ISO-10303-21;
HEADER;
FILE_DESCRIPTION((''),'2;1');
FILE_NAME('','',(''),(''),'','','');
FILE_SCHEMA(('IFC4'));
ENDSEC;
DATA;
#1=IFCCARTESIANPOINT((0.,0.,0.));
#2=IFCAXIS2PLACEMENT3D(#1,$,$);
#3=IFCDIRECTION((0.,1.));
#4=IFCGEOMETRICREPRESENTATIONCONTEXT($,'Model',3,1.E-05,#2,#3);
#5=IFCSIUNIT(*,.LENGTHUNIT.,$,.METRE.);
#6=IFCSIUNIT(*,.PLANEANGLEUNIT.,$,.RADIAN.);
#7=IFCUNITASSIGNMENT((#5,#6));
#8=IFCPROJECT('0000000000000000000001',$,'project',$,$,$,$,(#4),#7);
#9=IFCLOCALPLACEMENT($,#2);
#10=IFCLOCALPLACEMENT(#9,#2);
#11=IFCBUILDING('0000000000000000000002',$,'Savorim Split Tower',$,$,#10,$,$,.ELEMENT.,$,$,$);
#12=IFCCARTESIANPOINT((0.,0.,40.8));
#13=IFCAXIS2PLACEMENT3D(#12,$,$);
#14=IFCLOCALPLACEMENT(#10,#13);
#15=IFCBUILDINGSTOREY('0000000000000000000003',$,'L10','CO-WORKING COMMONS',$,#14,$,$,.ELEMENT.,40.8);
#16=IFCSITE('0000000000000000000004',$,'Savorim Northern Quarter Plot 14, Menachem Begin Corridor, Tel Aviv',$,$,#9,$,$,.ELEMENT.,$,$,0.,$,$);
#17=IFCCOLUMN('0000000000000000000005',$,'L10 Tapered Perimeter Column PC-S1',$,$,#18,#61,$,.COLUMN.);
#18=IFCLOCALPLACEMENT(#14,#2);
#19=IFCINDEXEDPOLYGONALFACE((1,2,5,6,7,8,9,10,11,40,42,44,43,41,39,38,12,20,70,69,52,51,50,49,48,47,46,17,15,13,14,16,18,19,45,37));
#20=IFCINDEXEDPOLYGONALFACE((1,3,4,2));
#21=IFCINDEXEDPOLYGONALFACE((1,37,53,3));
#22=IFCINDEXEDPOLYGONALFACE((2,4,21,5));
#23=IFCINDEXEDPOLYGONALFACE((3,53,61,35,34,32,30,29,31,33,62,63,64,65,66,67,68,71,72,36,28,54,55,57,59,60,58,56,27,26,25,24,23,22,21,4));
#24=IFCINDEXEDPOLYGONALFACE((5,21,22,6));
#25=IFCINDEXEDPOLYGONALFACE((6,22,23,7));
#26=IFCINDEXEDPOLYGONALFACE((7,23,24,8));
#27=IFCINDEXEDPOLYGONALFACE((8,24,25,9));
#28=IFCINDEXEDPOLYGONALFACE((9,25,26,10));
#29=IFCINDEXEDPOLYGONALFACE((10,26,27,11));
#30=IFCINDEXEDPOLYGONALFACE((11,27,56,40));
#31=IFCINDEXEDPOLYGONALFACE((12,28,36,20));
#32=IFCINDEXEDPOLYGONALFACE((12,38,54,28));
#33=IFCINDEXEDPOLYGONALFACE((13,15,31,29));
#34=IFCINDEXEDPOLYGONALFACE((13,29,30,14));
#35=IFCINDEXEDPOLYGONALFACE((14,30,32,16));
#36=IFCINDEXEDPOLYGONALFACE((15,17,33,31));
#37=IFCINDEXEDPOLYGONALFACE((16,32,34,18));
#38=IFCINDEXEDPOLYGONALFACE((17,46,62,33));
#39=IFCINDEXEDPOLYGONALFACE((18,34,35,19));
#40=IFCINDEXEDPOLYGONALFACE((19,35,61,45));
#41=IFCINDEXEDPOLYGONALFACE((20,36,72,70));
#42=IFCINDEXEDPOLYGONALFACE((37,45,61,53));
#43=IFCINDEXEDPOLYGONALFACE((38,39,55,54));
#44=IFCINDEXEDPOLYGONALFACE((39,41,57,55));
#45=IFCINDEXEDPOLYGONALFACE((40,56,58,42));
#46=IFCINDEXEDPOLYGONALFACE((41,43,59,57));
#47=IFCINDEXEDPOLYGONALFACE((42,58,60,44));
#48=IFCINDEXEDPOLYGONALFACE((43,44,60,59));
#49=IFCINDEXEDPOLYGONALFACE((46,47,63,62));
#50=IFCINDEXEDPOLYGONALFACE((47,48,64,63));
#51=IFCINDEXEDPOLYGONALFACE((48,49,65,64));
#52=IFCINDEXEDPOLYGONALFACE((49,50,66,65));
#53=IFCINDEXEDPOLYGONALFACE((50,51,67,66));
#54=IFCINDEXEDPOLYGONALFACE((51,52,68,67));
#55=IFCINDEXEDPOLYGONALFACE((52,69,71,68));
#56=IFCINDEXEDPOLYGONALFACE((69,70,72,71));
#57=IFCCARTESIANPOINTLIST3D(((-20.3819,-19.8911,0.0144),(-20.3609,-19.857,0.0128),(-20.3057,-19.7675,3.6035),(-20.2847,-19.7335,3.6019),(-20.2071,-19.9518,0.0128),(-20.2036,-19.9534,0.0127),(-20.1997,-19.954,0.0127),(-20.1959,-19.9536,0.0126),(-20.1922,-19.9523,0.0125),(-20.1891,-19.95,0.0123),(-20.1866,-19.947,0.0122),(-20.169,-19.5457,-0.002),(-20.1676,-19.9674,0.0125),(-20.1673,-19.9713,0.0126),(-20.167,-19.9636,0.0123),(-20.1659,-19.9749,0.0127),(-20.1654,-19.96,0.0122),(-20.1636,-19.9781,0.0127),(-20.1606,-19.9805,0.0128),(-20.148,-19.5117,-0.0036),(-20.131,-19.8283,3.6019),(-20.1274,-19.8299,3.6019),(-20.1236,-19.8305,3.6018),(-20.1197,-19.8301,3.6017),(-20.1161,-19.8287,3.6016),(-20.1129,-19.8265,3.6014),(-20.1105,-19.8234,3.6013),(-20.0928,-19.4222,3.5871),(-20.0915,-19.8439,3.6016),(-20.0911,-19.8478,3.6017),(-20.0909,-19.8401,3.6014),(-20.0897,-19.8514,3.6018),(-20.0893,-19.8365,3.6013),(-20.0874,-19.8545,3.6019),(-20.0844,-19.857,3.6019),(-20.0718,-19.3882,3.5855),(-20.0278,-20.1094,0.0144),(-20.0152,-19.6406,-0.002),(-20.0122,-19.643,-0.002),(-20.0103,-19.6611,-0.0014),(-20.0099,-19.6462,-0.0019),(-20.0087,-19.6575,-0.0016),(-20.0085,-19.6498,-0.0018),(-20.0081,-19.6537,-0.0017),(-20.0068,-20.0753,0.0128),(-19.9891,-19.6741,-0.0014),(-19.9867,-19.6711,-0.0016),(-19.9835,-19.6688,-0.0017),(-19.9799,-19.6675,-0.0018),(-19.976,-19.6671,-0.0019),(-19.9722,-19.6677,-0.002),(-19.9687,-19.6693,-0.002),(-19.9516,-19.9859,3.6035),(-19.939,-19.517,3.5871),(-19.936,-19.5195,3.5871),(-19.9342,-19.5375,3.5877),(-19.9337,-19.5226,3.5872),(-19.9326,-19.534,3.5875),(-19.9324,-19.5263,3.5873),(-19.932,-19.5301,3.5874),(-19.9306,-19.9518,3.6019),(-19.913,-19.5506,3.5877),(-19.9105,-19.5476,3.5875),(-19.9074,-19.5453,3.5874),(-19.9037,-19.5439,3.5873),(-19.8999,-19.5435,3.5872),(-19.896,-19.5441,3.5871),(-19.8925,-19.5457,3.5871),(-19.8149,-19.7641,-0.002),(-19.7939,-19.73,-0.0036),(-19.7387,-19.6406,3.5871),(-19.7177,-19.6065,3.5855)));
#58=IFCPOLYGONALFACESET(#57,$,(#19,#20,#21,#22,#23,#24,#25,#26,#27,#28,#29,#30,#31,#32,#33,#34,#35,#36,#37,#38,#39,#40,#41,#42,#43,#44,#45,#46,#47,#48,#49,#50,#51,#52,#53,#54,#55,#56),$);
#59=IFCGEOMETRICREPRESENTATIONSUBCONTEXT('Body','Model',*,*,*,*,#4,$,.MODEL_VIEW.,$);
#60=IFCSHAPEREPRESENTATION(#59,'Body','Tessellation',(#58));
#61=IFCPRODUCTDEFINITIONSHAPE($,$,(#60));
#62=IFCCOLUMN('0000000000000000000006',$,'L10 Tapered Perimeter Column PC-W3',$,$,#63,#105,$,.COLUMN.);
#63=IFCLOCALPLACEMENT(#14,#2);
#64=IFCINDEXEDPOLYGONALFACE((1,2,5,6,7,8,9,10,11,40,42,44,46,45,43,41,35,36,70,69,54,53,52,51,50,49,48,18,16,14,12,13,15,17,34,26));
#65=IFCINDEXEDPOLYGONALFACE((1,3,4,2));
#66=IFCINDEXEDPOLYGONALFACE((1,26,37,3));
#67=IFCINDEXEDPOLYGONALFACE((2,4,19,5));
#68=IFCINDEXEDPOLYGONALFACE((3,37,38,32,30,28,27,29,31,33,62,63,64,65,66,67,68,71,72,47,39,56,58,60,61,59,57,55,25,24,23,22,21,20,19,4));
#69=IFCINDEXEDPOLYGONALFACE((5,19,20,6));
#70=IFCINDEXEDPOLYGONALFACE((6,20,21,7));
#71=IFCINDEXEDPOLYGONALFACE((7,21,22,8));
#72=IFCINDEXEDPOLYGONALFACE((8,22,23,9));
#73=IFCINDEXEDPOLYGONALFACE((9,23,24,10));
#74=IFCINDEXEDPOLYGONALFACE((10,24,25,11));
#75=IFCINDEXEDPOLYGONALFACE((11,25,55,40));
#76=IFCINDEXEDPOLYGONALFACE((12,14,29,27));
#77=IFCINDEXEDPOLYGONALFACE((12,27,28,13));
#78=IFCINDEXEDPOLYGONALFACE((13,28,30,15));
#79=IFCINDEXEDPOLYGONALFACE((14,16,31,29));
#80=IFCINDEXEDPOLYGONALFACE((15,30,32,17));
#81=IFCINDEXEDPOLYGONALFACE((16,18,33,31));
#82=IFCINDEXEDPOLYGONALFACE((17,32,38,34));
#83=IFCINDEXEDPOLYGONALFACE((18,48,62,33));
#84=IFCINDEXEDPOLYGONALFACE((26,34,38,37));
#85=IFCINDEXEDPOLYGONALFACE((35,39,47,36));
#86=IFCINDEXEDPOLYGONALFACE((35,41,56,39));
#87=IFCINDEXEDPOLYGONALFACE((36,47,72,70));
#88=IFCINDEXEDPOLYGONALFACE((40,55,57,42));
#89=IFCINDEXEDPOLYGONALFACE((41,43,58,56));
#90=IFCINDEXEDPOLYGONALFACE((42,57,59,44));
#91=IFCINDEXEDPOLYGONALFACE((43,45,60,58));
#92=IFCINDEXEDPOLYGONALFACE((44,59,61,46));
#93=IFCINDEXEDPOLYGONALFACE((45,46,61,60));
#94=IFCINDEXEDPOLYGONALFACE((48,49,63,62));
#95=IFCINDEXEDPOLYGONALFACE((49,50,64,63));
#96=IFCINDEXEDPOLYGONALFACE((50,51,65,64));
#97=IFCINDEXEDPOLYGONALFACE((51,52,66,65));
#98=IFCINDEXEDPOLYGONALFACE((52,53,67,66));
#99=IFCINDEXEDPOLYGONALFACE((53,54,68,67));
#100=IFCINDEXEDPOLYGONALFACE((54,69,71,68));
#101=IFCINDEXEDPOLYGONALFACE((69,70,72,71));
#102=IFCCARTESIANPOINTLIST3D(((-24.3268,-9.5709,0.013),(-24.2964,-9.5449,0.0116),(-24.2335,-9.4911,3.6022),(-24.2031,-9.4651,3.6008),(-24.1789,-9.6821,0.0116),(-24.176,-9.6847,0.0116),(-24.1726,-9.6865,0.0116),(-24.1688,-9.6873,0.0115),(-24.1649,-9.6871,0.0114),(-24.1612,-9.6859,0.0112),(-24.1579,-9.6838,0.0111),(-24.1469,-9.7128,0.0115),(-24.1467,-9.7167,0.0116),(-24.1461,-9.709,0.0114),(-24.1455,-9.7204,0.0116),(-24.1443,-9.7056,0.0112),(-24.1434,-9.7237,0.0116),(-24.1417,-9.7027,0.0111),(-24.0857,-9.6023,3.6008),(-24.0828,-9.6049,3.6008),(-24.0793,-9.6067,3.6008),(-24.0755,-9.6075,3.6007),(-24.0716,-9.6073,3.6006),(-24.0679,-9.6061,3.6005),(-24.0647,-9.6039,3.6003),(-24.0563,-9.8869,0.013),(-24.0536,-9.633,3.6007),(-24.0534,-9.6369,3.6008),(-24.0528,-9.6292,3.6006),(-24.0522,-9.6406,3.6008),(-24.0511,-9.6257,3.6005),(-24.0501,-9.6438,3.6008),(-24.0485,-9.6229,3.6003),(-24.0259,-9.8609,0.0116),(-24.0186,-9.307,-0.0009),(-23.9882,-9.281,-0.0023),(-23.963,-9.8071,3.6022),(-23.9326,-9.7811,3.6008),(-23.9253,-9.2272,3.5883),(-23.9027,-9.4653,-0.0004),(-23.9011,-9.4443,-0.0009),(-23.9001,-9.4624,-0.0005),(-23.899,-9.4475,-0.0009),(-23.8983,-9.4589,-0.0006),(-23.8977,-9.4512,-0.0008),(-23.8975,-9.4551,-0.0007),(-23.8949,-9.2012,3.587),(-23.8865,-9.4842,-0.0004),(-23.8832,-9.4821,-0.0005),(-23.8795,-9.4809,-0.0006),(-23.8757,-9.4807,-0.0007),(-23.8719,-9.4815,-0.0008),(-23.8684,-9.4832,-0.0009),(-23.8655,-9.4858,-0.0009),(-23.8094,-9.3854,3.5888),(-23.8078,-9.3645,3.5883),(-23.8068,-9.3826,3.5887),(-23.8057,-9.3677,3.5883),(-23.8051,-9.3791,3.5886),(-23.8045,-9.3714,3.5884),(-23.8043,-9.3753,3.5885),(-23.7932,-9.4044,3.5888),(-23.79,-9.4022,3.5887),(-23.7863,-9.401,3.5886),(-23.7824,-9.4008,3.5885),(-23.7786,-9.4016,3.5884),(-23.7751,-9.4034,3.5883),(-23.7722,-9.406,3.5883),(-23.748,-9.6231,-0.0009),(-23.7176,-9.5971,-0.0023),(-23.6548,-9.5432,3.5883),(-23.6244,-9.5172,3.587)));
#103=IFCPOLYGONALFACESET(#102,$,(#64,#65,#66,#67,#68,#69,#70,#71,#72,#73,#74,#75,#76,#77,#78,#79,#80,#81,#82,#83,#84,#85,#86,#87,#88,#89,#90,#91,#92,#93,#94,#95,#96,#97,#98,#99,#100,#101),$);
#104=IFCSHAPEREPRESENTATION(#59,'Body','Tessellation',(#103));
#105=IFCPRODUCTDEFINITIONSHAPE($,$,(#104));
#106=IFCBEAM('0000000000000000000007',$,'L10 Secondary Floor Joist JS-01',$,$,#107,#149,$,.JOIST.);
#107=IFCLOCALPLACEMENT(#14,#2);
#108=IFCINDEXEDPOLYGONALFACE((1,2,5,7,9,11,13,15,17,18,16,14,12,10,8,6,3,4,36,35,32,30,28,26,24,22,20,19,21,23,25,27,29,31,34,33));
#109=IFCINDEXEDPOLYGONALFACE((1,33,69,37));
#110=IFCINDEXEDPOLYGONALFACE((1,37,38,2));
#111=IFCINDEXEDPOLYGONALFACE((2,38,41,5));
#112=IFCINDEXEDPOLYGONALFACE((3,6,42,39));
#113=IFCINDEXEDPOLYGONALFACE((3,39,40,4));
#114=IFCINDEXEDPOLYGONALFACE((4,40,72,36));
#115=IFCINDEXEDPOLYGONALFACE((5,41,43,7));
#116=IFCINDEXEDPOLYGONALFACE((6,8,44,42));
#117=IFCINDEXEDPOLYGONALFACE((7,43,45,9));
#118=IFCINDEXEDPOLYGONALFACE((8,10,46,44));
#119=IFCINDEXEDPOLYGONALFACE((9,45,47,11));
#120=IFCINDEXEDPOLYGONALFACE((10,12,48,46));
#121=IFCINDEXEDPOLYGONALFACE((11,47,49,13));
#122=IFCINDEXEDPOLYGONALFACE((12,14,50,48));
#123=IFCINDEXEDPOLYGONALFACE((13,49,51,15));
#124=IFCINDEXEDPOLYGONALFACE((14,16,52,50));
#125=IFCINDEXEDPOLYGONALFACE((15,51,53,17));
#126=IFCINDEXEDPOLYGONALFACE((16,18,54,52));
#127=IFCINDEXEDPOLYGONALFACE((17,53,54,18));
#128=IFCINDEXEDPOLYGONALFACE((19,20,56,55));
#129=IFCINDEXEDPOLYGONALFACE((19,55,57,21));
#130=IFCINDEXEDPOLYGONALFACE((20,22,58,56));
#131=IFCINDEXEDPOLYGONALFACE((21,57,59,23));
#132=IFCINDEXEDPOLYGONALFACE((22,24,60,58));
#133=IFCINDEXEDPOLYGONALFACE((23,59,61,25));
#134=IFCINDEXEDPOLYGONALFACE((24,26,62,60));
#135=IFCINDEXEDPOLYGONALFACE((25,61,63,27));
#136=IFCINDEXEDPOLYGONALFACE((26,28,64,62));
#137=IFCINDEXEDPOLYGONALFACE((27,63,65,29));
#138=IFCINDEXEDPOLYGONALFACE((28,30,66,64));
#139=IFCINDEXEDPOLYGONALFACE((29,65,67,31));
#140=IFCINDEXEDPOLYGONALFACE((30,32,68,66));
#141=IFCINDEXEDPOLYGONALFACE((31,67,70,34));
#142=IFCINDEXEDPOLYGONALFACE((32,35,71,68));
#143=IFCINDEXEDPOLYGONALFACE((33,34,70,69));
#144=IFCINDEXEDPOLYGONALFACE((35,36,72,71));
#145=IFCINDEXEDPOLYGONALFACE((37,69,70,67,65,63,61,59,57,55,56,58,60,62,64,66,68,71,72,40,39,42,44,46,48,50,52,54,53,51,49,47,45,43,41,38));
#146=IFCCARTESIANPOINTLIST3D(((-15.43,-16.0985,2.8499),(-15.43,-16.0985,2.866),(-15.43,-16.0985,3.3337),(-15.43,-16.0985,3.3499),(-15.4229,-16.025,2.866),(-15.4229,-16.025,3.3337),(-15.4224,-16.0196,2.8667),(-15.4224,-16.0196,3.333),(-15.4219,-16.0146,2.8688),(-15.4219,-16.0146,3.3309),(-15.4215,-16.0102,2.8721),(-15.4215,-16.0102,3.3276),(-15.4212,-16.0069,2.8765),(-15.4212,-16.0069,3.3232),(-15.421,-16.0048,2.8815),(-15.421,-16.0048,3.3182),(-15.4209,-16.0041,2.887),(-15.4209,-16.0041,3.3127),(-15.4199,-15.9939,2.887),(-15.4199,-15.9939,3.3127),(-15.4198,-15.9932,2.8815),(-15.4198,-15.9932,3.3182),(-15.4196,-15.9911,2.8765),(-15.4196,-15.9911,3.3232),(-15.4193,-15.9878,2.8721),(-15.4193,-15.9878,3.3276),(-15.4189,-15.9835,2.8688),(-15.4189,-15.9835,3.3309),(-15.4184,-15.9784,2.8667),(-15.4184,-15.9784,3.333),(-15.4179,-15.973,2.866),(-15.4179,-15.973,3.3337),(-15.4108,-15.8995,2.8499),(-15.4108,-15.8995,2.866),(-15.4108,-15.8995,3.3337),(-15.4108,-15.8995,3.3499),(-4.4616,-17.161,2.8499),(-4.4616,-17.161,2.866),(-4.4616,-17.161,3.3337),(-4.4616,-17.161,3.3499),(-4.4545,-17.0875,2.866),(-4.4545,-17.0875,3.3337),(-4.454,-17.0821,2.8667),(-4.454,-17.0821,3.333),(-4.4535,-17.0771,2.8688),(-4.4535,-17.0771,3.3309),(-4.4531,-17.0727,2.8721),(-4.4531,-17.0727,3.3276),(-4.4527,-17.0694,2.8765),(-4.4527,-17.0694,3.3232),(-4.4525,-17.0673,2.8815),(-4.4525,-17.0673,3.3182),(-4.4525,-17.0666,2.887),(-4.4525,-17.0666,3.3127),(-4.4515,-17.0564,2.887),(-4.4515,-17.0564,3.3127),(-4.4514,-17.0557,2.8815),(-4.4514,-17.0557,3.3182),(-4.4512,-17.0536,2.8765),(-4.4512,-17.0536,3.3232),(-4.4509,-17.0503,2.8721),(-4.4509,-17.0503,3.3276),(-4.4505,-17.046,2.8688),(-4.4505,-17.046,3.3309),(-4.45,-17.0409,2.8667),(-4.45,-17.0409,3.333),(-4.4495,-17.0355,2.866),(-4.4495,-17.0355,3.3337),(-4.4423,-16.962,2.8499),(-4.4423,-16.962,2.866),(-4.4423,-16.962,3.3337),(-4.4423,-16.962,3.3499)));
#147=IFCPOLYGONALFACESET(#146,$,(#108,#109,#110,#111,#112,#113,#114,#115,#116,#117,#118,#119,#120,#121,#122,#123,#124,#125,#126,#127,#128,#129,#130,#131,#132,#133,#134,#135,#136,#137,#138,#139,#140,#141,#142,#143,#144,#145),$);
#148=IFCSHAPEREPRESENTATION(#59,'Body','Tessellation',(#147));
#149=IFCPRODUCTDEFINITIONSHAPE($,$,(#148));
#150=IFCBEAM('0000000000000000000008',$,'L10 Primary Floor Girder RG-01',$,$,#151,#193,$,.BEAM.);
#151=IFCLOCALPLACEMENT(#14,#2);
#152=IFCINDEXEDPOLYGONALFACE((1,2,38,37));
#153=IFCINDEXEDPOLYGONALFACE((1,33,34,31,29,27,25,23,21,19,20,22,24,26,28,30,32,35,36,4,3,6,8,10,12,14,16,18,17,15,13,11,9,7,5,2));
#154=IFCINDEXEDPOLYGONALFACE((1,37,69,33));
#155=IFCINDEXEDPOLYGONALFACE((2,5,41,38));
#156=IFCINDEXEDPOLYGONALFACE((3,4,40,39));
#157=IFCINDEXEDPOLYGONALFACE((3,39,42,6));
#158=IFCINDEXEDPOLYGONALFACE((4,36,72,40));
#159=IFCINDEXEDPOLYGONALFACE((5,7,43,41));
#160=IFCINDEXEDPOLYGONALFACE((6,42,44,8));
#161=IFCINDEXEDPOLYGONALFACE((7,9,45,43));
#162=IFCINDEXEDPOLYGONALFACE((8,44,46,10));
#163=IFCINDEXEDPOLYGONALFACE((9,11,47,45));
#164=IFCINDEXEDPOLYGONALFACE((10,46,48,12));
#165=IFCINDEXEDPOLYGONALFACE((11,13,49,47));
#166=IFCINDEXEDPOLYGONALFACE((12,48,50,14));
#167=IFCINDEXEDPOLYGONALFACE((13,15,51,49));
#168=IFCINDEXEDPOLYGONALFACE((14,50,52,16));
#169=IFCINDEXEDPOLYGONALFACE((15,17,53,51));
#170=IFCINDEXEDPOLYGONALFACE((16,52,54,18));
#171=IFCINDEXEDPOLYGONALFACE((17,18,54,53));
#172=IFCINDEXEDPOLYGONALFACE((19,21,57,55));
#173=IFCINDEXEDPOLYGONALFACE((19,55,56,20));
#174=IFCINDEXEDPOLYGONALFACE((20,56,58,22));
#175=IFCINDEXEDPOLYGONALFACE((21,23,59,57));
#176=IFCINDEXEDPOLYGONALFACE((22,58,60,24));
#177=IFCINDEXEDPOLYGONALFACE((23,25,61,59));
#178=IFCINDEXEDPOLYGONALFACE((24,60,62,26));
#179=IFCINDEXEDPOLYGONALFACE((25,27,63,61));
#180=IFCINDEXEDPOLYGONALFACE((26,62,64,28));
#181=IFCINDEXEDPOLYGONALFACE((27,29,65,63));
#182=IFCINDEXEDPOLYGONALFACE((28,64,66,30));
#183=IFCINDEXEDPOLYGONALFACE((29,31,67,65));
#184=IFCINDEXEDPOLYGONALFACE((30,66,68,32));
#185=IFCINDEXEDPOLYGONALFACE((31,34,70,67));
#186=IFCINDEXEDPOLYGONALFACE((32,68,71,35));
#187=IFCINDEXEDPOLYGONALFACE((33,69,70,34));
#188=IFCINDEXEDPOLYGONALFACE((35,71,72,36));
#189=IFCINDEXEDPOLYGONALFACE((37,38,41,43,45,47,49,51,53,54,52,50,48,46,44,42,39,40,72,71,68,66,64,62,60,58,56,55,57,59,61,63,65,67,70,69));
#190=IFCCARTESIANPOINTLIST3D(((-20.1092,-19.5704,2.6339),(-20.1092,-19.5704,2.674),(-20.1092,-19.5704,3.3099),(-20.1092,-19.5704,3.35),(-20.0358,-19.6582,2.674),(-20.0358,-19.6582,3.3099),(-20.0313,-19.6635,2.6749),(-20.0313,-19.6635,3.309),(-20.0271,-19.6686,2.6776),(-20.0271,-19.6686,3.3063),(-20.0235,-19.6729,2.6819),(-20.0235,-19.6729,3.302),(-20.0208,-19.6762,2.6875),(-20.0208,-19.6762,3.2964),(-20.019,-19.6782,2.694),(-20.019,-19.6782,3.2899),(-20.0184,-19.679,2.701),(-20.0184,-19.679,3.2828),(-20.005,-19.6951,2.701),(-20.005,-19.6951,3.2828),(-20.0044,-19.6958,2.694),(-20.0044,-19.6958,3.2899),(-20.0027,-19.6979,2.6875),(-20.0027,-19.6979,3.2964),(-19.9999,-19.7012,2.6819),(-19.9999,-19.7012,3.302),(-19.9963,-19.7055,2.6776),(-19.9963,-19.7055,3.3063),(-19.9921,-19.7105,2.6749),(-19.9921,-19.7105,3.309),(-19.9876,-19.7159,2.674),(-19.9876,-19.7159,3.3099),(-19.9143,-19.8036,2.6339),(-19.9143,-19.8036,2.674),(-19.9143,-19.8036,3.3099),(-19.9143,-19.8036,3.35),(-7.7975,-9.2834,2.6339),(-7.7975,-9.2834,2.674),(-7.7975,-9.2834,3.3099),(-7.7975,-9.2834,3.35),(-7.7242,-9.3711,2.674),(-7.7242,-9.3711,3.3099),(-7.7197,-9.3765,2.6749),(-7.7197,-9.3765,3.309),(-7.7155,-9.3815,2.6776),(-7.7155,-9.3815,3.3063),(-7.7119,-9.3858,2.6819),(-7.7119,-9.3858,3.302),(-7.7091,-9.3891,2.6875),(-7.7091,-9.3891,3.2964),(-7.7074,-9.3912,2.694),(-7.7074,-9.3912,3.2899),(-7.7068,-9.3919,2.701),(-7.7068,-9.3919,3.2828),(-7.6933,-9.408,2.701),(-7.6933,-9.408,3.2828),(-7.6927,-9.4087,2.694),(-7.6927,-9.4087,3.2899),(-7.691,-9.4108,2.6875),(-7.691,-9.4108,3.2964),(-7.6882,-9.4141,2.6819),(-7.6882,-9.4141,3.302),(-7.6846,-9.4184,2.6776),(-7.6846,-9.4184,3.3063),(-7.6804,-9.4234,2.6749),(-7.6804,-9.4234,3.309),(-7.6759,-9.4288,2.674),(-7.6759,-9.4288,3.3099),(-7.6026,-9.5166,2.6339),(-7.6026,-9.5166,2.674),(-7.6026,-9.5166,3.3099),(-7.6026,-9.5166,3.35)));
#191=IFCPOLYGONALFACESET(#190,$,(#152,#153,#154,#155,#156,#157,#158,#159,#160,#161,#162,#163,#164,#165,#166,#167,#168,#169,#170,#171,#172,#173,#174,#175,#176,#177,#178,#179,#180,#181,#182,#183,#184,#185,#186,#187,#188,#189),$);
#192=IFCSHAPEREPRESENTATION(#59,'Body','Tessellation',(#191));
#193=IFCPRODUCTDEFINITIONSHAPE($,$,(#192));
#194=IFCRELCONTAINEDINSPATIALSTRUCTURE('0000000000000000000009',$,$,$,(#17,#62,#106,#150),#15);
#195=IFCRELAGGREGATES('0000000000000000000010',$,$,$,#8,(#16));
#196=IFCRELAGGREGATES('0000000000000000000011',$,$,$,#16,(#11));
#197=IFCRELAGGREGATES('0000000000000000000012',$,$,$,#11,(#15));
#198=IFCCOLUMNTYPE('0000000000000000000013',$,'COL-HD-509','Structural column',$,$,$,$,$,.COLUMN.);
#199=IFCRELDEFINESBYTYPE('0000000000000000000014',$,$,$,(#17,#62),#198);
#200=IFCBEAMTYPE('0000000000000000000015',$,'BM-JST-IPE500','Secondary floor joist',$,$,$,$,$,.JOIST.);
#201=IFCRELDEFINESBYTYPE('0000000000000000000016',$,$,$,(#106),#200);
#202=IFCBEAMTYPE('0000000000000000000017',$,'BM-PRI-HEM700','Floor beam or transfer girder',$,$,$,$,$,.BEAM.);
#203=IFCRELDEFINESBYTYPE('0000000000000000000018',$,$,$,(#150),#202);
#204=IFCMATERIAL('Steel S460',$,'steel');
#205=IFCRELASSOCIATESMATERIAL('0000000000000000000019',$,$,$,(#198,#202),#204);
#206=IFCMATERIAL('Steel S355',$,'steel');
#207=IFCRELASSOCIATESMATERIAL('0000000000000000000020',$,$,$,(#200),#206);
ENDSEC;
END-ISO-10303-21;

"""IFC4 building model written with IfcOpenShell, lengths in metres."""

from ifc_helpers import new_model, si_unit, direction, frame, origin, origin_2d, place, context, subcontext, project, spatial, i_section, extrude, material, material_profile, profile_set, type_object, element, save


model = new_model("IFC4")

# Units and contexts
model_context = context("Model", 3, precision=1e-05, world=origin(), true_north=direction((0.0, 1.0)))
body_context = subcontext(model_context, "Body", "Model", "MODEL_VIEW")
ifc_project = project(units=[si_unit("LENGTHUNIT", "METRE"), si_unit("PLANEANGLEUNIT", "RADIAN")], contexts=[model_context])

# Site, building, storey
site_placement = place(None, origin())
site = spatial("IfcSite", under=ifc_project, at=site_placement, Name="Savorim Northern Quarter Plot 14, Menachem Begin Corridor, Tel Aviv", CompositionType="ELEMENT", RefElevation=0.0)
building_placement = place(site_placement, origin())
building = spatial("IfcBuilding", under=site, at=building_placement, Name="Savorim Split Tower", CompositionType="ELEMENT")
storey_placement = place(building_placement, frame((0.0, 0.0, 40.8)))
storey = spatial("IfcBuildingStorey", under=building, at=storey_placement, Name="L10", Description="CO-WORKING COMMONS", CompositionType="ELEMENT", Elevation=40.8)

# Columns
ifc_material_1 = material(Name="Steel S460", Category="steel")
ifc_material_profile_1 = material_profile(ifc_material_1, i_section(OverallWidth=0.416, OverallDepth=0.446, WebThickness=0.0249, FlangeThickness=0.04, FilletRadius=0.0149, at=origin_2d()), Name="HD 400x509")
ifc_profile_set_1 = profile_set([ifc_material_profile_1], Name="Steel S460")
column_type = type_object("IfcColumnType", Name="COL-HD-509", Description="Structural column", PredefinedType="COLUMN", material=ifc_profile_set_1)
column_1_placement = place(storey_placement, frame((-20.0879, -19.8105, 0.0054), z_axis=(0.021206, 0.034391, 0.999183), x_axis=(-0.851196, 0.524848, 0.0)))
element("IfcColumn", 1, at=column_1_placement, inside=storey, type_object=column_type, Name="L10 Tapered Perimeter Column PC-S1", PredefinedType="COLUMN", context=body_context, shape_type="SweptSolid", body=[
    extrude(i_section(OverallWidth=0.416, OverallDepth=0.446, WebThickness=0.0249, FlangeThickness=0.04, FilletRadius=0.0149, at=origin_2d()), origin(), (0.0, 0.0, 1.0), 3.592),
])
column_2_placement = place(storey_placement, frame((-24.0222, -9.584, 0.0054), z_axis=(0.025969, 0.02223, 0.999416), x_axis=(-0.6503, 0.759678, 0.0)))
element("IfcColumn", 2, at=column_2_placement, inside=storey, type_object=column_type, Name="L10 Tapered Perimeter Column PC-W3", PredefinedType="COLUMN", context=body_context, shape_type="SweptSolid", body=[
    extrude(i_section(OverallWidth=0.416, OverallDepth=0.446, WebThickness=0.0249, FlangeThickness=0.04, FilletRadius=0.0149, at=origin_2d()), origin(), (0.0, 0.0, 1.0), 3.5913),
])

# Beams
ifc_material_2 = material(Name="Steel S355", Category="steel")
ifc_material_profile_2 = material_profile(ifc_material_2, i_section(OverallWidth=0.2, OverallDepth=0.5, WebThickness=0.0103, FlangeThickness=0.0161, FilletRadius=0.021, at=origin_2d()), Name="IPE 500")
ifc_profile_set_2 = profile_set([ifc_material_profile_2], Name="Steel S355")
beam_type_1 = type_object("IfcBeamType", Name="BM-JST-IPE500", Description="Secondary floor joist", PredefinedType="JOIST", material=ifc_profile_set_2)
beam_1_placement = place(storey_placement, frame((-15.4204, -15.999, 3.0999), z_axis=(0.995341, -0.096417, 0.0), x_axis=(0.096417, 0.995341, 0.0)))
element("IfcBeam", 3, at=beam_1_placement, inside=storey, type_object=beam_type_1, Name="L10 Secondary Floor Joist JS-01", PredefinedType="JOIST", context=body_context, shape_type="SweptSolid", body=[
    extrude(i_section(OverallWidth=0.2, OverallDepth=0.5, WebThickness=0.0103, FlangeThickness=0.0161, FilletRadius=0.021, at=origin_2d()), origin(), (0.0, 0.0, 1.0), 11.0198),
])
ifc_material_profile_3 = material_profile(ifc_material_1, i_section(OverallWidth=0.304, OverallDepth=0.7161, WebThickness=0.021, FlangeThickness=0.04, FilletRadius=0.0271, at=origin_2d()), Name="HE 700 M")
ifc_profile_set_3 = profile_set([ifc_material_profile_3], Name="Steel S460")
beam_type_2 = type_object("IfcBeamType", Name="BM-PRI-HEM700", Description="Floor beam or transfer girder", PredefinedType="BEAM", material=ifc_profile_set_3)
beam_2_placement = place(storey_placement, frame((-20.0117, -19.687, 2.9919), z_axis=(0.767384, 0.641188, 0.0), x_axis=(-0.641188, 0.767384, 0.0)))
element("IfcBeam", 4, at=beam_2_placement, inside=storey, type_object=beam_type_2, Name="L10 Primary Floor Girder RG-01", PredefinedType="BEAM", context=body_context, shape_type="SweptSolid", body=[
    extrude(i_section(OverallWidth=0.304, OverallDepth=0.7161, WebThickness=0.021, FlangeThickness=0.04, FilletRadius=0.0271, at=origin_2d()), origin(), (0.0, 0.0, 1.0), 16.0437),
])

save(model, "model.ifc")
